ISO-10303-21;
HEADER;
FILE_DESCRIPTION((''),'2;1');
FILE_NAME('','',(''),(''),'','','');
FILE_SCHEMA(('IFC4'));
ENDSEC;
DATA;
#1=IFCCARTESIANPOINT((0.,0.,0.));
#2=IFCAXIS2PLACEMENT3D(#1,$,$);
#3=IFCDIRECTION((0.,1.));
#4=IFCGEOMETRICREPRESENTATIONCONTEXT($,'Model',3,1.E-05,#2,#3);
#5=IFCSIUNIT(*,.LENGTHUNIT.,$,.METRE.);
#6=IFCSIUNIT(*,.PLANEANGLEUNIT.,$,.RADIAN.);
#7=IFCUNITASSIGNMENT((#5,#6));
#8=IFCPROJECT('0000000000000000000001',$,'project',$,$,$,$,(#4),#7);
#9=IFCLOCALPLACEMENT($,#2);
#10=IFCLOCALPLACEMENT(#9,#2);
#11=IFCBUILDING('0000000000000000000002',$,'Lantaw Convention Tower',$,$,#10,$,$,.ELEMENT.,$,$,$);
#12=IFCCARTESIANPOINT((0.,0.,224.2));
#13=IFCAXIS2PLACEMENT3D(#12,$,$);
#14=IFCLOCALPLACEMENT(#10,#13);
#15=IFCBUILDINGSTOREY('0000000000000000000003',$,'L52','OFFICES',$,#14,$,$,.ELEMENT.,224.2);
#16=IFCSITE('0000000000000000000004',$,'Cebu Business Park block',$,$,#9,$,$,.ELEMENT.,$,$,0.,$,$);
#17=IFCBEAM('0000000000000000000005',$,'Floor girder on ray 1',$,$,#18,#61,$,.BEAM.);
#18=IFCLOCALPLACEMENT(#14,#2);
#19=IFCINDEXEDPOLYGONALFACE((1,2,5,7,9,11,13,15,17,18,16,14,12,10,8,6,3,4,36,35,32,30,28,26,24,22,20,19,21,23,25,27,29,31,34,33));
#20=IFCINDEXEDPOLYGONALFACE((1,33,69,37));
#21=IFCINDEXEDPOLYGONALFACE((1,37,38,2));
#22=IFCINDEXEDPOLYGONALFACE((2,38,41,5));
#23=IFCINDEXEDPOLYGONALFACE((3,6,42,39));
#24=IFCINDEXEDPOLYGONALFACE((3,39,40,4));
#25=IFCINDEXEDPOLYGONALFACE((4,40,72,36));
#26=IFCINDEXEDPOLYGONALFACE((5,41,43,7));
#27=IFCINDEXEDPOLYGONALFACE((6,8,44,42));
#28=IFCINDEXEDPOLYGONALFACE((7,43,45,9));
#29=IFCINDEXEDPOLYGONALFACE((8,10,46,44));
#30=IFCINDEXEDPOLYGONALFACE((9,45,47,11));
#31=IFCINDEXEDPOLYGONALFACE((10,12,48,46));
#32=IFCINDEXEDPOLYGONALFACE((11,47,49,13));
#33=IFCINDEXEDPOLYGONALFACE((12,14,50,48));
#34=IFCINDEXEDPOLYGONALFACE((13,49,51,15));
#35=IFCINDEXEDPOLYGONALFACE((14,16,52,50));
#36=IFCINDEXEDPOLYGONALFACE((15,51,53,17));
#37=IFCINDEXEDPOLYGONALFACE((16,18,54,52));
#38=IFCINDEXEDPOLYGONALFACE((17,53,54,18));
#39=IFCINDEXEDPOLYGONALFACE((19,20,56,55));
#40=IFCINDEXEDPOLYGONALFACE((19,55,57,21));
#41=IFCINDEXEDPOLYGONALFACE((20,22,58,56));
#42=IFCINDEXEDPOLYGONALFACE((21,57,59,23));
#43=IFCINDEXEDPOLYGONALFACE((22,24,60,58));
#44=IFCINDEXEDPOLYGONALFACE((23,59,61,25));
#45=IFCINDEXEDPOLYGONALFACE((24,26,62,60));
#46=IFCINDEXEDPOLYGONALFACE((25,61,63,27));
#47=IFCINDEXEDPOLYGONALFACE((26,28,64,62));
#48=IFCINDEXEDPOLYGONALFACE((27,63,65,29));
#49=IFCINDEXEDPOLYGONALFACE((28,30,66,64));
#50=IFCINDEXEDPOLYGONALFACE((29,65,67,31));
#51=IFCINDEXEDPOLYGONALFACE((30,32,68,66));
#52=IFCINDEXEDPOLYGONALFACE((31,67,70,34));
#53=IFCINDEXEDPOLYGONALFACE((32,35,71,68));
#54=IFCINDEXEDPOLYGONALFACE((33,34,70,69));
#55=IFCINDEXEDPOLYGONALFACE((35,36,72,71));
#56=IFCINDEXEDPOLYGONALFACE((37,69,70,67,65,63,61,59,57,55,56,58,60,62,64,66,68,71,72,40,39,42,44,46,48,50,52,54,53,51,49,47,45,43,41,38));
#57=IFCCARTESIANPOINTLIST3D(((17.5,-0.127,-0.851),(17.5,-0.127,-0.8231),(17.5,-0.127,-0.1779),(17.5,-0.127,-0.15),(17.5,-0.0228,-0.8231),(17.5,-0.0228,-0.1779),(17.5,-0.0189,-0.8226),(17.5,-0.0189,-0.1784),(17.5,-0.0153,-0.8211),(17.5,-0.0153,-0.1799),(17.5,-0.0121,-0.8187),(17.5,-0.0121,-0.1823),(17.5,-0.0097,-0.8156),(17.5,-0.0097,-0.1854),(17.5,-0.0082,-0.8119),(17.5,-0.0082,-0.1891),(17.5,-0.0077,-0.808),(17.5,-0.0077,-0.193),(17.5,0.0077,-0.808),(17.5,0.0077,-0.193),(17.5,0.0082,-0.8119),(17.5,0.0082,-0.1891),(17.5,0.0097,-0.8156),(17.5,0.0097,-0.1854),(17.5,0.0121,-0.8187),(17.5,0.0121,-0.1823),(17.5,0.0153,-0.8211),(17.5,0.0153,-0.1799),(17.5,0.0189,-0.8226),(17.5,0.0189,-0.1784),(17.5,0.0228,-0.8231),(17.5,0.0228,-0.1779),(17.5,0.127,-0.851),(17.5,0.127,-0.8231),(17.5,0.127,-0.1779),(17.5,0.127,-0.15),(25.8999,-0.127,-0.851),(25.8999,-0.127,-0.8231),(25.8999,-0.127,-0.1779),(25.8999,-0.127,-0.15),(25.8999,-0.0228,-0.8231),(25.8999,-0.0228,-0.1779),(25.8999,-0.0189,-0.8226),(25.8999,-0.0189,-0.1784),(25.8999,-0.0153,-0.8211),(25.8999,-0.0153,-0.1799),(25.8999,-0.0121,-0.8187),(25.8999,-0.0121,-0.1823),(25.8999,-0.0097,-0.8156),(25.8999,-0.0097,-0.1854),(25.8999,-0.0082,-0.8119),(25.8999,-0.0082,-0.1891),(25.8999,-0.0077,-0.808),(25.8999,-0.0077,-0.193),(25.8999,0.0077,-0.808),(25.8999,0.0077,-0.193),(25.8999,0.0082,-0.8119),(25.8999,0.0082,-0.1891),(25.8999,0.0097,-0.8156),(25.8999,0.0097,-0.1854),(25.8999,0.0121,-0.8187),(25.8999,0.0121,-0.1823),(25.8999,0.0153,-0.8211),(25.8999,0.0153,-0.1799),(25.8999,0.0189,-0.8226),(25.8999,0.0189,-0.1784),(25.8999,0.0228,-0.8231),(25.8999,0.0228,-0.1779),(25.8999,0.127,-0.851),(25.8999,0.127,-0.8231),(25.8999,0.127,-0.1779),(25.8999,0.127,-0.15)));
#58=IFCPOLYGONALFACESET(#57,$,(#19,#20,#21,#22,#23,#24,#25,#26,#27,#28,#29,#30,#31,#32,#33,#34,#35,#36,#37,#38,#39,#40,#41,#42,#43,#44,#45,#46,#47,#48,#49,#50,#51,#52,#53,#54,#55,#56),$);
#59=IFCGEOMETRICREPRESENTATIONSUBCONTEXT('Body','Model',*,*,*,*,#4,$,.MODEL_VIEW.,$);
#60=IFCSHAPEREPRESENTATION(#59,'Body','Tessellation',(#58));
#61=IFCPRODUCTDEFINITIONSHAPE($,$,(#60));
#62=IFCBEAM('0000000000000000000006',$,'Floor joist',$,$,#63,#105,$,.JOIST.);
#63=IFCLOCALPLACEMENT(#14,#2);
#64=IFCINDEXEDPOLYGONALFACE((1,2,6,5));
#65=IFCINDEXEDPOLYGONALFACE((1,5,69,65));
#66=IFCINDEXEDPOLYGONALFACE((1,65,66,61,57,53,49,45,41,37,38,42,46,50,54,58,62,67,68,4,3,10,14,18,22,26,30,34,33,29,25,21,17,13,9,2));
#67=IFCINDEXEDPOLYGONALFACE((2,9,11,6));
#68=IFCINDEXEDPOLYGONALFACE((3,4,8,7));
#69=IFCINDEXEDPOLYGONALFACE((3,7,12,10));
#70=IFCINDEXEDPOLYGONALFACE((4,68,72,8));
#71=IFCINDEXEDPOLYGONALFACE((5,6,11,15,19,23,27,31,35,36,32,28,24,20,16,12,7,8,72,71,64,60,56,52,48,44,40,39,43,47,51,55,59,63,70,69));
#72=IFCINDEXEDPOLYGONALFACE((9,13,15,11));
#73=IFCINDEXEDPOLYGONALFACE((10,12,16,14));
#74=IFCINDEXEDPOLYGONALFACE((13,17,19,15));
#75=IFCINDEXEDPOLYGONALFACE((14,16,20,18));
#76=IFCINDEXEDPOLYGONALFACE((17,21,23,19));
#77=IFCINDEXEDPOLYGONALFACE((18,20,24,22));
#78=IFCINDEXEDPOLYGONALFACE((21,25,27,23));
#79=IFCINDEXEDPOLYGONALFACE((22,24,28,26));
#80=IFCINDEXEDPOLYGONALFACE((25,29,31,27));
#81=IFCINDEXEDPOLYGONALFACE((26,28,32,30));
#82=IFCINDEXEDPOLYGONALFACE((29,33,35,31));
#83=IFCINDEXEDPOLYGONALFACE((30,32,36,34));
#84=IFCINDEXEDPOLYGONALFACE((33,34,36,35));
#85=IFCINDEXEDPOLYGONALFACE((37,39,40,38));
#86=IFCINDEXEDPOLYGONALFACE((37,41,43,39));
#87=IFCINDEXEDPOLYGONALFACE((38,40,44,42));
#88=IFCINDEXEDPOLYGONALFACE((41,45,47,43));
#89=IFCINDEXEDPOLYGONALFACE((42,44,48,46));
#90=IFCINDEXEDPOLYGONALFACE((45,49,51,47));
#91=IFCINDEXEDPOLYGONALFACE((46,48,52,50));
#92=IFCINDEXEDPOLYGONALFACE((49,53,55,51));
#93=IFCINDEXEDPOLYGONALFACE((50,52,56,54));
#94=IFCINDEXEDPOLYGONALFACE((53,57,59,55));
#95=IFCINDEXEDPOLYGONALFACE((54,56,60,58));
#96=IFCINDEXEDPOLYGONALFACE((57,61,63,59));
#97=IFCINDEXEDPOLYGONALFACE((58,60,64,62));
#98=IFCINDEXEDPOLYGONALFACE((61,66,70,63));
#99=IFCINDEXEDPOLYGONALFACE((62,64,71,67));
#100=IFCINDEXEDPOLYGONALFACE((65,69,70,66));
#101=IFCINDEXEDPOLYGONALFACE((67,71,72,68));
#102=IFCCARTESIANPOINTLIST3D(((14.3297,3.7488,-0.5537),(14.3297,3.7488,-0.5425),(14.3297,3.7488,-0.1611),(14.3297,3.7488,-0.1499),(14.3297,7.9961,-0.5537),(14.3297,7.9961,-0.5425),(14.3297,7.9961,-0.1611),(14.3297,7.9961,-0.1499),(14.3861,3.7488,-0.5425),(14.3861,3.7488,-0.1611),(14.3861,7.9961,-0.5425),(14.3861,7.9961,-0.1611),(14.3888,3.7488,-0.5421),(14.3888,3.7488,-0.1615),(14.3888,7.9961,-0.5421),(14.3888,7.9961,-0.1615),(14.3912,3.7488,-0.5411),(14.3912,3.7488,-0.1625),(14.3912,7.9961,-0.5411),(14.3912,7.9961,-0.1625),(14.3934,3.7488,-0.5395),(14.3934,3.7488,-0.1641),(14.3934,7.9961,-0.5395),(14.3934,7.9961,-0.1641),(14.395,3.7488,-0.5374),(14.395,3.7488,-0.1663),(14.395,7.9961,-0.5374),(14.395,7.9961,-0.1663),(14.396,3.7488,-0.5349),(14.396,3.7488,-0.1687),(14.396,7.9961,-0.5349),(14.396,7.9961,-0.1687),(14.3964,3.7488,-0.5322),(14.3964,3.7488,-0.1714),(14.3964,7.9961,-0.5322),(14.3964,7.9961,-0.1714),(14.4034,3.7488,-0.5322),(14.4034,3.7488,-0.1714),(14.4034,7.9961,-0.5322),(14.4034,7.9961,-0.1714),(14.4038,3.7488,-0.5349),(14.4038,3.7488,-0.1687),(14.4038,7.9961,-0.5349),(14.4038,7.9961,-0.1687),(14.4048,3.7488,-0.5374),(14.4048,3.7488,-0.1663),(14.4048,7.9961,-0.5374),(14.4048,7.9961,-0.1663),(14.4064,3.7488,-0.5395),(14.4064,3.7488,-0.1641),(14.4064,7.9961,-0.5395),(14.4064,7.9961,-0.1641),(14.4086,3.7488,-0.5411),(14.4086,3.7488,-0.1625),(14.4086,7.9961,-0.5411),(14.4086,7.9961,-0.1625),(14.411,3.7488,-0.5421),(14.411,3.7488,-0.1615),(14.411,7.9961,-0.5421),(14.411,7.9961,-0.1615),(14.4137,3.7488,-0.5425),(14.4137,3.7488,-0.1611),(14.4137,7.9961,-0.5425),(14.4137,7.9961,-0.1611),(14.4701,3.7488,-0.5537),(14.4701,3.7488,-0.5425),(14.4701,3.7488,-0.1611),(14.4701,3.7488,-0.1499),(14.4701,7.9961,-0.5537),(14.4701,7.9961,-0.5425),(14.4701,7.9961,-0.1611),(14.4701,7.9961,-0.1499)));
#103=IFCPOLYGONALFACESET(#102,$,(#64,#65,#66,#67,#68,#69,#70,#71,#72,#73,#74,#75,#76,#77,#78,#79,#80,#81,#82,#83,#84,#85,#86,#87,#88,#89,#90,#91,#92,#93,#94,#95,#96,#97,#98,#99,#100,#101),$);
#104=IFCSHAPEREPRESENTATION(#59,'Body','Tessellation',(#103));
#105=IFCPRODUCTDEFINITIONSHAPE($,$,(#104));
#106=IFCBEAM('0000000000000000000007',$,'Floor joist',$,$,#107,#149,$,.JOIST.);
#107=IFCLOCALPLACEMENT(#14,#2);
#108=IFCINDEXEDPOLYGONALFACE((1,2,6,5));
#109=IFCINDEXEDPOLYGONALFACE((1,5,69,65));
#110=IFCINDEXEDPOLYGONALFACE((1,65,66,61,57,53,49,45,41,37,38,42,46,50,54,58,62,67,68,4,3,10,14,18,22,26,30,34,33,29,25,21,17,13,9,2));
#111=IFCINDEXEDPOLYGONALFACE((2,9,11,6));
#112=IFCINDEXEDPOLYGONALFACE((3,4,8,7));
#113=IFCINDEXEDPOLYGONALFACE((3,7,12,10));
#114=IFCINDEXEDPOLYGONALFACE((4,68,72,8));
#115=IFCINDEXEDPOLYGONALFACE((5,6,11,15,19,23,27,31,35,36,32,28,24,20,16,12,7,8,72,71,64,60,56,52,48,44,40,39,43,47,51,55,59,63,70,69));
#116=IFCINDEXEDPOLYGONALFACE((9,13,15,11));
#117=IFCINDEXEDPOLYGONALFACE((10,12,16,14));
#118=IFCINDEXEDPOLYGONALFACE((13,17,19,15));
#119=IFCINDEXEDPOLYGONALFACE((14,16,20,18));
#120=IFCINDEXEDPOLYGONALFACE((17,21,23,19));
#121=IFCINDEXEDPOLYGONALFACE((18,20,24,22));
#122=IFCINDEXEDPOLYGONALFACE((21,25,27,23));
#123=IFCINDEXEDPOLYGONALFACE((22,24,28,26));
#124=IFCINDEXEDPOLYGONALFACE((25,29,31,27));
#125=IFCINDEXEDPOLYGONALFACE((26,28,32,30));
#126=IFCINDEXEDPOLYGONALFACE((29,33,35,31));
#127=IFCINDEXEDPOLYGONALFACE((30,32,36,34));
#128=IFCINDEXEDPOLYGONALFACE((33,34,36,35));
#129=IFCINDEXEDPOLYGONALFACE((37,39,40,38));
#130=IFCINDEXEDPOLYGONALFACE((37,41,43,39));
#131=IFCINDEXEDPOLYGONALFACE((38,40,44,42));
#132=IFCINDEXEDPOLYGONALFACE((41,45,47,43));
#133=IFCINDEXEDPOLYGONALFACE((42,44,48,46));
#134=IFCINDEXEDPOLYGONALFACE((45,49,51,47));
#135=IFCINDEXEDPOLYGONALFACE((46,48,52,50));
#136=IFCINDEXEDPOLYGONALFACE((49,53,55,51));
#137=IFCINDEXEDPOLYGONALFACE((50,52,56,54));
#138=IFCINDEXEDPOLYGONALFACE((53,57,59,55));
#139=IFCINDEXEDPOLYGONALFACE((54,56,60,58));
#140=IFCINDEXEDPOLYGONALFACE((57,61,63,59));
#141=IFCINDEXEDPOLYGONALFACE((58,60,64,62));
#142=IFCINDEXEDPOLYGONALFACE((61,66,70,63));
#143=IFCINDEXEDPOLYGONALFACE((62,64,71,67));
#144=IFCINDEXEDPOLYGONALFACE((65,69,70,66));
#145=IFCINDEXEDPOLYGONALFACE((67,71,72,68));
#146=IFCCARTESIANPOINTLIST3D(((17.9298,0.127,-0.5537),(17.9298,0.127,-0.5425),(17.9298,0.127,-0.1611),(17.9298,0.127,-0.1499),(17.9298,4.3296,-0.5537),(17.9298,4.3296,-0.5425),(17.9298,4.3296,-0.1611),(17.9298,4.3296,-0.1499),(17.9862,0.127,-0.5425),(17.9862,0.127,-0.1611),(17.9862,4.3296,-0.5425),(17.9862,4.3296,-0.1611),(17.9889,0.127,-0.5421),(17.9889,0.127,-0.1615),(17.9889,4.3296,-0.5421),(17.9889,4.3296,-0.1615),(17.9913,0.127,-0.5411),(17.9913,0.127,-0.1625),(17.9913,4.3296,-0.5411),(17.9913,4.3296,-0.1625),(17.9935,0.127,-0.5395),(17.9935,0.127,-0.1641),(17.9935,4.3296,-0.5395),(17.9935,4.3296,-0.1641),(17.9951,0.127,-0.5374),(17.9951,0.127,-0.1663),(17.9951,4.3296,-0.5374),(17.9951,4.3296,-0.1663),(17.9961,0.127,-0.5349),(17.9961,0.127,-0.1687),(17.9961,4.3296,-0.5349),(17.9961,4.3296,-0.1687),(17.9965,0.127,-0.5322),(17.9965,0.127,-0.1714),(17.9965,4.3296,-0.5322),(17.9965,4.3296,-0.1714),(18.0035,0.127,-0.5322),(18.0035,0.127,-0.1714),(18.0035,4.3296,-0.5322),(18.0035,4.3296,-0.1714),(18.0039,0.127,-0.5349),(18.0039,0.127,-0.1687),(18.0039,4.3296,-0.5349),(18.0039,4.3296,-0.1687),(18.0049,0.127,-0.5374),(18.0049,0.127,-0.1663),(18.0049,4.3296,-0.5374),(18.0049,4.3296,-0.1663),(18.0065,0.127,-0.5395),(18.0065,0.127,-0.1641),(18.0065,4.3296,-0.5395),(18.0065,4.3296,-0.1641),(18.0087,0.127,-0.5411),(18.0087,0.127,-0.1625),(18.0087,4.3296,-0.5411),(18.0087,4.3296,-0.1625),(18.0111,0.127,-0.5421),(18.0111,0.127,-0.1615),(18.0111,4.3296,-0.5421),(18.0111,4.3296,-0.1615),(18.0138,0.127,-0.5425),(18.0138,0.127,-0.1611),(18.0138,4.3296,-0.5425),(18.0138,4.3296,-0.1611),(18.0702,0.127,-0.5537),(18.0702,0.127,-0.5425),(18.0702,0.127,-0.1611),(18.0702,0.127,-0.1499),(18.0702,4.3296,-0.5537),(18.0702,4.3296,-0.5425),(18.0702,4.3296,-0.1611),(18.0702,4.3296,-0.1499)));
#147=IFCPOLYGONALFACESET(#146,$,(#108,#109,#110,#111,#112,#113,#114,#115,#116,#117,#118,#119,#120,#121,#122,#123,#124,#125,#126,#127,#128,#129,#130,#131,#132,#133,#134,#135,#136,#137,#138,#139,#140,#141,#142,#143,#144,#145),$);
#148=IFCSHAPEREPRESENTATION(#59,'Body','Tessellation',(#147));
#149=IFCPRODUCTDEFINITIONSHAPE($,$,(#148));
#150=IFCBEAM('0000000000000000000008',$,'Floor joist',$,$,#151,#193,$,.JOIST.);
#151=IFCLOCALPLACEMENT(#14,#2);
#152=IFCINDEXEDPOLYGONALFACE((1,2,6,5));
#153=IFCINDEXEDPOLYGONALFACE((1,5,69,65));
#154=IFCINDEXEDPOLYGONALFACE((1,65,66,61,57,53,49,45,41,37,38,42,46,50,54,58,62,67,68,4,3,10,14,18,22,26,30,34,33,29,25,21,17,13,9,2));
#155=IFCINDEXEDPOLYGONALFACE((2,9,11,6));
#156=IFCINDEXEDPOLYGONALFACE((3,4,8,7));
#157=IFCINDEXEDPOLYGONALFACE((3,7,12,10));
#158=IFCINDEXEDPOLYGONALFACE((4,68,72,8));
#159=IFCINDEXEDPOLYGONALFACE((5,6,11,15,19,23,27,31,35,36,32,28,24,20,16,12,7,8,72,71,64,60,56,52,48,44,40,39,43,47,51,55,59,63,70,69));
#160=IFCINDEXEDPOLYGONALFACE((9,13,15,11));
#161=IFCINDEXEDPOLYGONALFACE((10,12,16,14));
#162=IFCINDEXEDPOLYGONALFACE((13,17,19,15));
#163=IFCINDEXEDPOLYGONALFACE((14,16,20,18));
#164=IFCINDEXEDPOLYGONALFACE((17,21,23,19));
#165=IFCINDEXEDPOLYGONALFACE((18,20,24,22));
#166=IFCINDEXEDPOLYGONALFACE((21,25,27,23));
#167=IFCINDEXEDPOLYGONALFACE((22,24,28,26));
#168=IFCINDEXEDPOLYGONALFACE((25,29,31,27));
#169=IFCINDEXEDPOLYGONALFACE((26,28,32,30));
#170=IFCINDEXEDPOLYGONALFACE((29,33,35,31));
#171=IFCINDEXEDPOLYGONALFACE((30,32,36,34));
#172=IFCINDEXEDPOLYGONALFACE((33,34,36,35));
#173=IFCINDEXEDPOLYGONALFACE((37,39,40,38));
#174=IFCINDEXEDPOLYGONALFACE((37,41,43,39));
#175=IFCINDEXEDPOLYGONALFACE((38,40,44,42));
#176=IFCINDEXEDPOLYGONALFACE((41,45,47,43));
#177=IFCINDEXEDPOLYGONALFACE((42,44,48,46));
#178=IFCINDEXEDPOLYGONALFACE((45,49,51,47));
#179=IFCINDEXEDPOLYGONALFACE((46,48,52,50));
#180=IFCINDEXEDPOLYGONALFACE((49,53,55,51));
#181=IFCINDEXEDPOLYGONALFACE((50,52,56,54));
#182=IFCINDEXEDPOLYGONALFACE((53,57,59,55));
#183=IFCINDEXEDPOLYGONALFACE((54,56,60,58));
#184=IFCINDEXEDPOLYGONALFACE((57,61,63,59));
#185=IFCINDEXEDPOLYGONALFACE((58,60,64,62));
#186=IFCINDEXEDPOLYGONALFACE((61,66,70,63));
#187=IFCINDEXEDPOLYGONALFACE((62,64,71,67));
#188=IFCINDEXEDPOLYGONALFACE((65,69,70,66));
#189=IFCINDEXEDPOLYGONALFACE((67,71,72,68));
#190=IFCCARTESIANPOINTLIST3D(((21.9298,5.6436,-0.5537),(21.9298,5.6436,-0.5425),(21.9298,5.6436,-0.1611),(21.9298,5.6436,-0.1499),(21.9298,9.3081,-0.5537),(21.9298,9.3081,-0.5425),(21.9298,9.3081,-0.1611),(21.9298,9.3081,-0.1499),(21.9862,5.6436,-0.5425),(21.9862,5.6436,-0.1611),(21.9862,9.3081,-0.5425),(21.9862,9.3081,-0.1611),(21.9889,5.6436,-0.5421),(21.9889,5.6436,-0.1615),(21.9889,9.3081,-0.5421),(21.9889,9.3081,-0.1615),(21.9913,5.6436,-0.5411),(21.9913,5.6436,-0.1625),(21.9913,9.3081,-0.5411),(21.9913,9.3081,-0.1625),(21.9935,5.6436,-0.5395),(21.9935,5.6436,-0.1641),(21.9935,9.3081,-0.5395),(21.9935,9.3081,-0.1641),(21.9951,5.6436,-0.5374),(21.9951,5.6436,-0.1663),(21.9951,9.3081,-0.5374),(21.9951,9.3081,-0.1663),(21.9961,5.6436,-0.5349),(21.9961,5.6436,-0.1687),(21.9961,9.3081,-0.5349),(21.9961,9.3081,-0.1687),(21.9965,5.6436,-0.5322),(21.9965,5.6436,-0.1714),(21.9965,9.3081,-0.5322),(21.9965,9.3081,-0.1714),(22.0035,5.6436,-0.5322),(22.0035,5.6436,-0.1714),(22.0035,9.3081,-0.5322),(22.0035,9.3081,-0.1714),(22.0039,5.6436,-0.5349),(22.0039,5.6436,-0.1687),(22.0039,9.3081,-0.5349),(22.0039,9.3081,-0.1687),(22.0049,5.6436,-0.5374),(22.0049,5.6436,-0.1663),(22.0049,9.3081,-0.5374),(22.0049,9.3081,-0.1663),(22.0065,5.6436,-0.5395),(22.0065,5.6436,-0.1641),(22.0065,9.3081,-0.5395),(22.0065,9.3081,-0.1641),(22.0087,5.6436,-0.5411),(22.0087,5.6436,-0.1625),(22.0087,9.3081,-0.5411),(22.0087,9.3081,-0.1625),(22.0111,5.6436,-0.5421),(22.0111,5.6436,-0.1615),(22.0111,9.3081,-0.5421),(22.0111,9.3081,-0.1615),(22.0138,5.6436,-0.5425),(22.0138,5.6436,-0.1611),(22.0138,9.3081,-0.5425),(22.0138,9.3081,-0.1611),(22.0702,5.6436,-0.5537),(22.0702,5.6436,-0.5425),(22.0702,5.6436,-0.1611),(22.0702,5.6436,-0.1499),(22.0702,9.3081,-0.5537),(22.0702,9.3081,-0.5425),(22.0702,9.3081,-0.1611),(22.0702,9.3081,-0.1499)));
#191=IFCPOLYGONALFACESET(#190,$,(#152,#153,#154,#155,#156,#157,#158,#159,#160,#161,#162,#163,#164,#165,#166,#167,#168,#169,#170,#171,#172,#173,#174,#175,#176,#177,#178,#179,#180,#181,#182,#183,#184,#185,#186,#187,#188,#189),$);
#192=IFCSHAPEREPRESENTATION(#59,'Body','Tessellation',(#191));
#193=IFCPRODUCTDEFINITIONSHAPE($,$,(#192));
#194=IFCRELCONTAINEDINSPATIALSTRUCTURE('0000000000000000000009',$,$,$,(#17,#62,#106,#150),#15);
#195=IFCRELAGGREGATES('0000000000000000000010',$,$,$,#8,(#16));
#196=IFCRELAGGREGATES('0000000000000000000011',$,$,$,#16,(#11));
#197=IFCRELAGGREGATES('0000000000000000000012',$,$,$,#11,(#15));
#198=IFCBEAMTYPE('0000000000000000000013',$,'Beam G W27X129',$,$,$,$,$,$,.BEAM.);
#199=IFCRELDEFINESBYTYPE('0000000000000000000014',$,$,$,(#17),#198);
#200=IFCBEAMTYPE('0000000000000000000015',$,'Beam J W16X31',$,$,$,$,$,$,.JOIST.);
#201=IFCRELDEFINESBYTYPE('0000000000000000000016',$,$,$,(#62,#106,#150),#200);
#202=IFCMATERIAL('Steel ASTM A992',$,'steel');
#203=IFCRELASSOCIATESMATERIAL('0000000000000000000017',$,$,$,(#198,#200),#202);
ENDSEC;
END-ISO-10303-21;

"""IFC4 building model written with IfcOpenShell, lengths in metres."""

from ifc_helpers import new_model, si_unit, direction, frame, origin, origin_2d, place, context, subcontext, project, spatial, i_section, extrude, material, material_profile, profile_set, type_object, element, save


model = new_model("IFC4")

# Units and contexts
model_context = context("Model", 3, precision=1e-05, world=origin(), true_north=direction((0.0, 1.0)))
body_context = subcontext(model_context, "Body", "Model", "MODEL_VIEW")
ifc_project = project(units=[si_unit("LENGTHUNIT", "METRE"), si_unit("PLANEANGLEUNIT", "RADIAN")], contexts=[model_context])

# Site, building, storey
site_placement = place(None, origin())
site = spatial("IfcSite", under=ifc_project, at=site_placement, Name="Cebu Business Park block", CompositionType="ELEMENT", RefElevation=0.0)
building_placement = place(site_placement, origin())
building = spatial("IfcBuilding", under=site, at=building_placement, Name="Lantaw Convention Tower", CompositionType="ELEMENT")
storey_placement = place(building_placement, frame((0.0, 0.0, 224.2)))
storey = spatial("IfcBuildingStorey", under=building, at=storey_placement, Name="L52", Description="OFFICES", CompositionType="ELEMENT", Elevation=224.2)

# Beams
ifc_material_1 = material(Name="Steel ASTM A992", Category="steel")
ifc_material_profile_1 = material_profile(ifc_material_1, i_section(OverallWidth=0.2539, OverallDepth=0.7009, WebThickness=0.0154, FlangeThickness=0.0278, FilletRadius=0.0151, at=origin_2d()), Name="W27X129")
ifc_profile_set_1 = profile_set([ifc_material_profile_1], Name="Steel ASTM A992")
beam_type_1 = type_object("IfcBeamType", Name="Beam G W27X129", PredefinedType="BEAM", material=ifc_profile_set_1)
beam_1_placement = place(storey_placement, frame((17.5, 0.0, -0.5005), z_axis=(1.0, 0.0, 0.0), x_axis=(0.0, 1.0, 0.0)))
element("IfcBeam", 1, at=beam_1_placement, inside=storey, type_object=beam_type_1, Name="Floor girder on ray 1", PredefinedType="BEAM", context=body_context, shape_type="SweptSolid", body=[
    extrude(i_section(OverallWidth=0.2539, OverallDepth=0.7009, WebThickness=0.0154, FlangeThickness=0.0278, FilletRadius=0.0151, at=origin_2d()), origin(), (0.0, 0.0, 1.0), 8.3999),
])
ifc_material_profile_2 = material_profile(ifc_material_1, i_section(OverallWidth=0.1404, OverallDepth=0.4038, WebThickness=0.0071, FlangeThickness=0.0112, FilletRadius=0.0103, at=origin_2d()), Name="W16X31")
ifc_profile_set_2 = profile_set([ifc_material_profile_2], Name="Steel ASTM A992")
beam_type_2 = type_object("IfcBeamType", Name="Beam J W16X31", PredefinedType="JOIST", material=ifc_profile_set_2)
beam_2_placement = place(storey_placement, frame((14.3999, 3.7488, -0.3518), z_axis=(0.0, 1.0, 0.0), x_axis=(-1.0, 0.0, 0.0)))
element("IfcBeam", 2, at=beam_2_placement, inside=storey, type_object=beam_type_2, Name="Floor joist", PredefinedType="JOIST", context=body_context, shape_type="SweptSolid", body=[
    extrude(i_section(OverallWidth=0.1404, OverallDepth=0.4038, WebThickness=0.0071, FlangeThickness=0.0112, FilletRadius=0.0103, at=origin_2d()), origin(), (0.0, 0.0, 1.0), 4.2473),
])
beam_3_placement = place(storey_placement, frame((18.0, 0.127, -0.3518), z_axis=(0.0, 1.0, 0.0), x_axis=(-1.0, 0.0, 0.0)))
element("IfcBeam", 3, at=beam_3_placement, inside=storey, type_object=beam_type_2, Name="Floor joist", PredefinedType="JOIST", context=body_context, shape_type="SweptSolid", body=[
    extrude(i_section(OverallWidth=0.1404, OverallDepth=0.4038, WebThickness=0.0071, FlangeThickness=0.0112, FilletRadius=0.0103, at=origin_2d()), origin(), (0.0, 0.0, 1.0), 4.2026),
])
beam_4_placement = place(storey_placement, frame((22.0, 5.6436, -0.3518), z_axis=(0.0, 1.0, 0.0), x_axis=(-1.0, 0.0, 0.0)))
element("IfcBeam", 4, at=beam_4_placement, inside=storey, type_object=beam_type_2, Name="Floor joist", PredefinedType="JOIST", context=body_context, shape_type="SweptSolid", body=[
    extrude(i_section(OverallWidth=0.1404, OverallDepth=0.4038, WebThickness=0.0071, FlangeThickness=0.0112, FilletRadius=0.0103, at=origin_2d()), origin(), (0.0, 0.0, 1.0), 3.6646),
])

save(model, "model.ifc")
